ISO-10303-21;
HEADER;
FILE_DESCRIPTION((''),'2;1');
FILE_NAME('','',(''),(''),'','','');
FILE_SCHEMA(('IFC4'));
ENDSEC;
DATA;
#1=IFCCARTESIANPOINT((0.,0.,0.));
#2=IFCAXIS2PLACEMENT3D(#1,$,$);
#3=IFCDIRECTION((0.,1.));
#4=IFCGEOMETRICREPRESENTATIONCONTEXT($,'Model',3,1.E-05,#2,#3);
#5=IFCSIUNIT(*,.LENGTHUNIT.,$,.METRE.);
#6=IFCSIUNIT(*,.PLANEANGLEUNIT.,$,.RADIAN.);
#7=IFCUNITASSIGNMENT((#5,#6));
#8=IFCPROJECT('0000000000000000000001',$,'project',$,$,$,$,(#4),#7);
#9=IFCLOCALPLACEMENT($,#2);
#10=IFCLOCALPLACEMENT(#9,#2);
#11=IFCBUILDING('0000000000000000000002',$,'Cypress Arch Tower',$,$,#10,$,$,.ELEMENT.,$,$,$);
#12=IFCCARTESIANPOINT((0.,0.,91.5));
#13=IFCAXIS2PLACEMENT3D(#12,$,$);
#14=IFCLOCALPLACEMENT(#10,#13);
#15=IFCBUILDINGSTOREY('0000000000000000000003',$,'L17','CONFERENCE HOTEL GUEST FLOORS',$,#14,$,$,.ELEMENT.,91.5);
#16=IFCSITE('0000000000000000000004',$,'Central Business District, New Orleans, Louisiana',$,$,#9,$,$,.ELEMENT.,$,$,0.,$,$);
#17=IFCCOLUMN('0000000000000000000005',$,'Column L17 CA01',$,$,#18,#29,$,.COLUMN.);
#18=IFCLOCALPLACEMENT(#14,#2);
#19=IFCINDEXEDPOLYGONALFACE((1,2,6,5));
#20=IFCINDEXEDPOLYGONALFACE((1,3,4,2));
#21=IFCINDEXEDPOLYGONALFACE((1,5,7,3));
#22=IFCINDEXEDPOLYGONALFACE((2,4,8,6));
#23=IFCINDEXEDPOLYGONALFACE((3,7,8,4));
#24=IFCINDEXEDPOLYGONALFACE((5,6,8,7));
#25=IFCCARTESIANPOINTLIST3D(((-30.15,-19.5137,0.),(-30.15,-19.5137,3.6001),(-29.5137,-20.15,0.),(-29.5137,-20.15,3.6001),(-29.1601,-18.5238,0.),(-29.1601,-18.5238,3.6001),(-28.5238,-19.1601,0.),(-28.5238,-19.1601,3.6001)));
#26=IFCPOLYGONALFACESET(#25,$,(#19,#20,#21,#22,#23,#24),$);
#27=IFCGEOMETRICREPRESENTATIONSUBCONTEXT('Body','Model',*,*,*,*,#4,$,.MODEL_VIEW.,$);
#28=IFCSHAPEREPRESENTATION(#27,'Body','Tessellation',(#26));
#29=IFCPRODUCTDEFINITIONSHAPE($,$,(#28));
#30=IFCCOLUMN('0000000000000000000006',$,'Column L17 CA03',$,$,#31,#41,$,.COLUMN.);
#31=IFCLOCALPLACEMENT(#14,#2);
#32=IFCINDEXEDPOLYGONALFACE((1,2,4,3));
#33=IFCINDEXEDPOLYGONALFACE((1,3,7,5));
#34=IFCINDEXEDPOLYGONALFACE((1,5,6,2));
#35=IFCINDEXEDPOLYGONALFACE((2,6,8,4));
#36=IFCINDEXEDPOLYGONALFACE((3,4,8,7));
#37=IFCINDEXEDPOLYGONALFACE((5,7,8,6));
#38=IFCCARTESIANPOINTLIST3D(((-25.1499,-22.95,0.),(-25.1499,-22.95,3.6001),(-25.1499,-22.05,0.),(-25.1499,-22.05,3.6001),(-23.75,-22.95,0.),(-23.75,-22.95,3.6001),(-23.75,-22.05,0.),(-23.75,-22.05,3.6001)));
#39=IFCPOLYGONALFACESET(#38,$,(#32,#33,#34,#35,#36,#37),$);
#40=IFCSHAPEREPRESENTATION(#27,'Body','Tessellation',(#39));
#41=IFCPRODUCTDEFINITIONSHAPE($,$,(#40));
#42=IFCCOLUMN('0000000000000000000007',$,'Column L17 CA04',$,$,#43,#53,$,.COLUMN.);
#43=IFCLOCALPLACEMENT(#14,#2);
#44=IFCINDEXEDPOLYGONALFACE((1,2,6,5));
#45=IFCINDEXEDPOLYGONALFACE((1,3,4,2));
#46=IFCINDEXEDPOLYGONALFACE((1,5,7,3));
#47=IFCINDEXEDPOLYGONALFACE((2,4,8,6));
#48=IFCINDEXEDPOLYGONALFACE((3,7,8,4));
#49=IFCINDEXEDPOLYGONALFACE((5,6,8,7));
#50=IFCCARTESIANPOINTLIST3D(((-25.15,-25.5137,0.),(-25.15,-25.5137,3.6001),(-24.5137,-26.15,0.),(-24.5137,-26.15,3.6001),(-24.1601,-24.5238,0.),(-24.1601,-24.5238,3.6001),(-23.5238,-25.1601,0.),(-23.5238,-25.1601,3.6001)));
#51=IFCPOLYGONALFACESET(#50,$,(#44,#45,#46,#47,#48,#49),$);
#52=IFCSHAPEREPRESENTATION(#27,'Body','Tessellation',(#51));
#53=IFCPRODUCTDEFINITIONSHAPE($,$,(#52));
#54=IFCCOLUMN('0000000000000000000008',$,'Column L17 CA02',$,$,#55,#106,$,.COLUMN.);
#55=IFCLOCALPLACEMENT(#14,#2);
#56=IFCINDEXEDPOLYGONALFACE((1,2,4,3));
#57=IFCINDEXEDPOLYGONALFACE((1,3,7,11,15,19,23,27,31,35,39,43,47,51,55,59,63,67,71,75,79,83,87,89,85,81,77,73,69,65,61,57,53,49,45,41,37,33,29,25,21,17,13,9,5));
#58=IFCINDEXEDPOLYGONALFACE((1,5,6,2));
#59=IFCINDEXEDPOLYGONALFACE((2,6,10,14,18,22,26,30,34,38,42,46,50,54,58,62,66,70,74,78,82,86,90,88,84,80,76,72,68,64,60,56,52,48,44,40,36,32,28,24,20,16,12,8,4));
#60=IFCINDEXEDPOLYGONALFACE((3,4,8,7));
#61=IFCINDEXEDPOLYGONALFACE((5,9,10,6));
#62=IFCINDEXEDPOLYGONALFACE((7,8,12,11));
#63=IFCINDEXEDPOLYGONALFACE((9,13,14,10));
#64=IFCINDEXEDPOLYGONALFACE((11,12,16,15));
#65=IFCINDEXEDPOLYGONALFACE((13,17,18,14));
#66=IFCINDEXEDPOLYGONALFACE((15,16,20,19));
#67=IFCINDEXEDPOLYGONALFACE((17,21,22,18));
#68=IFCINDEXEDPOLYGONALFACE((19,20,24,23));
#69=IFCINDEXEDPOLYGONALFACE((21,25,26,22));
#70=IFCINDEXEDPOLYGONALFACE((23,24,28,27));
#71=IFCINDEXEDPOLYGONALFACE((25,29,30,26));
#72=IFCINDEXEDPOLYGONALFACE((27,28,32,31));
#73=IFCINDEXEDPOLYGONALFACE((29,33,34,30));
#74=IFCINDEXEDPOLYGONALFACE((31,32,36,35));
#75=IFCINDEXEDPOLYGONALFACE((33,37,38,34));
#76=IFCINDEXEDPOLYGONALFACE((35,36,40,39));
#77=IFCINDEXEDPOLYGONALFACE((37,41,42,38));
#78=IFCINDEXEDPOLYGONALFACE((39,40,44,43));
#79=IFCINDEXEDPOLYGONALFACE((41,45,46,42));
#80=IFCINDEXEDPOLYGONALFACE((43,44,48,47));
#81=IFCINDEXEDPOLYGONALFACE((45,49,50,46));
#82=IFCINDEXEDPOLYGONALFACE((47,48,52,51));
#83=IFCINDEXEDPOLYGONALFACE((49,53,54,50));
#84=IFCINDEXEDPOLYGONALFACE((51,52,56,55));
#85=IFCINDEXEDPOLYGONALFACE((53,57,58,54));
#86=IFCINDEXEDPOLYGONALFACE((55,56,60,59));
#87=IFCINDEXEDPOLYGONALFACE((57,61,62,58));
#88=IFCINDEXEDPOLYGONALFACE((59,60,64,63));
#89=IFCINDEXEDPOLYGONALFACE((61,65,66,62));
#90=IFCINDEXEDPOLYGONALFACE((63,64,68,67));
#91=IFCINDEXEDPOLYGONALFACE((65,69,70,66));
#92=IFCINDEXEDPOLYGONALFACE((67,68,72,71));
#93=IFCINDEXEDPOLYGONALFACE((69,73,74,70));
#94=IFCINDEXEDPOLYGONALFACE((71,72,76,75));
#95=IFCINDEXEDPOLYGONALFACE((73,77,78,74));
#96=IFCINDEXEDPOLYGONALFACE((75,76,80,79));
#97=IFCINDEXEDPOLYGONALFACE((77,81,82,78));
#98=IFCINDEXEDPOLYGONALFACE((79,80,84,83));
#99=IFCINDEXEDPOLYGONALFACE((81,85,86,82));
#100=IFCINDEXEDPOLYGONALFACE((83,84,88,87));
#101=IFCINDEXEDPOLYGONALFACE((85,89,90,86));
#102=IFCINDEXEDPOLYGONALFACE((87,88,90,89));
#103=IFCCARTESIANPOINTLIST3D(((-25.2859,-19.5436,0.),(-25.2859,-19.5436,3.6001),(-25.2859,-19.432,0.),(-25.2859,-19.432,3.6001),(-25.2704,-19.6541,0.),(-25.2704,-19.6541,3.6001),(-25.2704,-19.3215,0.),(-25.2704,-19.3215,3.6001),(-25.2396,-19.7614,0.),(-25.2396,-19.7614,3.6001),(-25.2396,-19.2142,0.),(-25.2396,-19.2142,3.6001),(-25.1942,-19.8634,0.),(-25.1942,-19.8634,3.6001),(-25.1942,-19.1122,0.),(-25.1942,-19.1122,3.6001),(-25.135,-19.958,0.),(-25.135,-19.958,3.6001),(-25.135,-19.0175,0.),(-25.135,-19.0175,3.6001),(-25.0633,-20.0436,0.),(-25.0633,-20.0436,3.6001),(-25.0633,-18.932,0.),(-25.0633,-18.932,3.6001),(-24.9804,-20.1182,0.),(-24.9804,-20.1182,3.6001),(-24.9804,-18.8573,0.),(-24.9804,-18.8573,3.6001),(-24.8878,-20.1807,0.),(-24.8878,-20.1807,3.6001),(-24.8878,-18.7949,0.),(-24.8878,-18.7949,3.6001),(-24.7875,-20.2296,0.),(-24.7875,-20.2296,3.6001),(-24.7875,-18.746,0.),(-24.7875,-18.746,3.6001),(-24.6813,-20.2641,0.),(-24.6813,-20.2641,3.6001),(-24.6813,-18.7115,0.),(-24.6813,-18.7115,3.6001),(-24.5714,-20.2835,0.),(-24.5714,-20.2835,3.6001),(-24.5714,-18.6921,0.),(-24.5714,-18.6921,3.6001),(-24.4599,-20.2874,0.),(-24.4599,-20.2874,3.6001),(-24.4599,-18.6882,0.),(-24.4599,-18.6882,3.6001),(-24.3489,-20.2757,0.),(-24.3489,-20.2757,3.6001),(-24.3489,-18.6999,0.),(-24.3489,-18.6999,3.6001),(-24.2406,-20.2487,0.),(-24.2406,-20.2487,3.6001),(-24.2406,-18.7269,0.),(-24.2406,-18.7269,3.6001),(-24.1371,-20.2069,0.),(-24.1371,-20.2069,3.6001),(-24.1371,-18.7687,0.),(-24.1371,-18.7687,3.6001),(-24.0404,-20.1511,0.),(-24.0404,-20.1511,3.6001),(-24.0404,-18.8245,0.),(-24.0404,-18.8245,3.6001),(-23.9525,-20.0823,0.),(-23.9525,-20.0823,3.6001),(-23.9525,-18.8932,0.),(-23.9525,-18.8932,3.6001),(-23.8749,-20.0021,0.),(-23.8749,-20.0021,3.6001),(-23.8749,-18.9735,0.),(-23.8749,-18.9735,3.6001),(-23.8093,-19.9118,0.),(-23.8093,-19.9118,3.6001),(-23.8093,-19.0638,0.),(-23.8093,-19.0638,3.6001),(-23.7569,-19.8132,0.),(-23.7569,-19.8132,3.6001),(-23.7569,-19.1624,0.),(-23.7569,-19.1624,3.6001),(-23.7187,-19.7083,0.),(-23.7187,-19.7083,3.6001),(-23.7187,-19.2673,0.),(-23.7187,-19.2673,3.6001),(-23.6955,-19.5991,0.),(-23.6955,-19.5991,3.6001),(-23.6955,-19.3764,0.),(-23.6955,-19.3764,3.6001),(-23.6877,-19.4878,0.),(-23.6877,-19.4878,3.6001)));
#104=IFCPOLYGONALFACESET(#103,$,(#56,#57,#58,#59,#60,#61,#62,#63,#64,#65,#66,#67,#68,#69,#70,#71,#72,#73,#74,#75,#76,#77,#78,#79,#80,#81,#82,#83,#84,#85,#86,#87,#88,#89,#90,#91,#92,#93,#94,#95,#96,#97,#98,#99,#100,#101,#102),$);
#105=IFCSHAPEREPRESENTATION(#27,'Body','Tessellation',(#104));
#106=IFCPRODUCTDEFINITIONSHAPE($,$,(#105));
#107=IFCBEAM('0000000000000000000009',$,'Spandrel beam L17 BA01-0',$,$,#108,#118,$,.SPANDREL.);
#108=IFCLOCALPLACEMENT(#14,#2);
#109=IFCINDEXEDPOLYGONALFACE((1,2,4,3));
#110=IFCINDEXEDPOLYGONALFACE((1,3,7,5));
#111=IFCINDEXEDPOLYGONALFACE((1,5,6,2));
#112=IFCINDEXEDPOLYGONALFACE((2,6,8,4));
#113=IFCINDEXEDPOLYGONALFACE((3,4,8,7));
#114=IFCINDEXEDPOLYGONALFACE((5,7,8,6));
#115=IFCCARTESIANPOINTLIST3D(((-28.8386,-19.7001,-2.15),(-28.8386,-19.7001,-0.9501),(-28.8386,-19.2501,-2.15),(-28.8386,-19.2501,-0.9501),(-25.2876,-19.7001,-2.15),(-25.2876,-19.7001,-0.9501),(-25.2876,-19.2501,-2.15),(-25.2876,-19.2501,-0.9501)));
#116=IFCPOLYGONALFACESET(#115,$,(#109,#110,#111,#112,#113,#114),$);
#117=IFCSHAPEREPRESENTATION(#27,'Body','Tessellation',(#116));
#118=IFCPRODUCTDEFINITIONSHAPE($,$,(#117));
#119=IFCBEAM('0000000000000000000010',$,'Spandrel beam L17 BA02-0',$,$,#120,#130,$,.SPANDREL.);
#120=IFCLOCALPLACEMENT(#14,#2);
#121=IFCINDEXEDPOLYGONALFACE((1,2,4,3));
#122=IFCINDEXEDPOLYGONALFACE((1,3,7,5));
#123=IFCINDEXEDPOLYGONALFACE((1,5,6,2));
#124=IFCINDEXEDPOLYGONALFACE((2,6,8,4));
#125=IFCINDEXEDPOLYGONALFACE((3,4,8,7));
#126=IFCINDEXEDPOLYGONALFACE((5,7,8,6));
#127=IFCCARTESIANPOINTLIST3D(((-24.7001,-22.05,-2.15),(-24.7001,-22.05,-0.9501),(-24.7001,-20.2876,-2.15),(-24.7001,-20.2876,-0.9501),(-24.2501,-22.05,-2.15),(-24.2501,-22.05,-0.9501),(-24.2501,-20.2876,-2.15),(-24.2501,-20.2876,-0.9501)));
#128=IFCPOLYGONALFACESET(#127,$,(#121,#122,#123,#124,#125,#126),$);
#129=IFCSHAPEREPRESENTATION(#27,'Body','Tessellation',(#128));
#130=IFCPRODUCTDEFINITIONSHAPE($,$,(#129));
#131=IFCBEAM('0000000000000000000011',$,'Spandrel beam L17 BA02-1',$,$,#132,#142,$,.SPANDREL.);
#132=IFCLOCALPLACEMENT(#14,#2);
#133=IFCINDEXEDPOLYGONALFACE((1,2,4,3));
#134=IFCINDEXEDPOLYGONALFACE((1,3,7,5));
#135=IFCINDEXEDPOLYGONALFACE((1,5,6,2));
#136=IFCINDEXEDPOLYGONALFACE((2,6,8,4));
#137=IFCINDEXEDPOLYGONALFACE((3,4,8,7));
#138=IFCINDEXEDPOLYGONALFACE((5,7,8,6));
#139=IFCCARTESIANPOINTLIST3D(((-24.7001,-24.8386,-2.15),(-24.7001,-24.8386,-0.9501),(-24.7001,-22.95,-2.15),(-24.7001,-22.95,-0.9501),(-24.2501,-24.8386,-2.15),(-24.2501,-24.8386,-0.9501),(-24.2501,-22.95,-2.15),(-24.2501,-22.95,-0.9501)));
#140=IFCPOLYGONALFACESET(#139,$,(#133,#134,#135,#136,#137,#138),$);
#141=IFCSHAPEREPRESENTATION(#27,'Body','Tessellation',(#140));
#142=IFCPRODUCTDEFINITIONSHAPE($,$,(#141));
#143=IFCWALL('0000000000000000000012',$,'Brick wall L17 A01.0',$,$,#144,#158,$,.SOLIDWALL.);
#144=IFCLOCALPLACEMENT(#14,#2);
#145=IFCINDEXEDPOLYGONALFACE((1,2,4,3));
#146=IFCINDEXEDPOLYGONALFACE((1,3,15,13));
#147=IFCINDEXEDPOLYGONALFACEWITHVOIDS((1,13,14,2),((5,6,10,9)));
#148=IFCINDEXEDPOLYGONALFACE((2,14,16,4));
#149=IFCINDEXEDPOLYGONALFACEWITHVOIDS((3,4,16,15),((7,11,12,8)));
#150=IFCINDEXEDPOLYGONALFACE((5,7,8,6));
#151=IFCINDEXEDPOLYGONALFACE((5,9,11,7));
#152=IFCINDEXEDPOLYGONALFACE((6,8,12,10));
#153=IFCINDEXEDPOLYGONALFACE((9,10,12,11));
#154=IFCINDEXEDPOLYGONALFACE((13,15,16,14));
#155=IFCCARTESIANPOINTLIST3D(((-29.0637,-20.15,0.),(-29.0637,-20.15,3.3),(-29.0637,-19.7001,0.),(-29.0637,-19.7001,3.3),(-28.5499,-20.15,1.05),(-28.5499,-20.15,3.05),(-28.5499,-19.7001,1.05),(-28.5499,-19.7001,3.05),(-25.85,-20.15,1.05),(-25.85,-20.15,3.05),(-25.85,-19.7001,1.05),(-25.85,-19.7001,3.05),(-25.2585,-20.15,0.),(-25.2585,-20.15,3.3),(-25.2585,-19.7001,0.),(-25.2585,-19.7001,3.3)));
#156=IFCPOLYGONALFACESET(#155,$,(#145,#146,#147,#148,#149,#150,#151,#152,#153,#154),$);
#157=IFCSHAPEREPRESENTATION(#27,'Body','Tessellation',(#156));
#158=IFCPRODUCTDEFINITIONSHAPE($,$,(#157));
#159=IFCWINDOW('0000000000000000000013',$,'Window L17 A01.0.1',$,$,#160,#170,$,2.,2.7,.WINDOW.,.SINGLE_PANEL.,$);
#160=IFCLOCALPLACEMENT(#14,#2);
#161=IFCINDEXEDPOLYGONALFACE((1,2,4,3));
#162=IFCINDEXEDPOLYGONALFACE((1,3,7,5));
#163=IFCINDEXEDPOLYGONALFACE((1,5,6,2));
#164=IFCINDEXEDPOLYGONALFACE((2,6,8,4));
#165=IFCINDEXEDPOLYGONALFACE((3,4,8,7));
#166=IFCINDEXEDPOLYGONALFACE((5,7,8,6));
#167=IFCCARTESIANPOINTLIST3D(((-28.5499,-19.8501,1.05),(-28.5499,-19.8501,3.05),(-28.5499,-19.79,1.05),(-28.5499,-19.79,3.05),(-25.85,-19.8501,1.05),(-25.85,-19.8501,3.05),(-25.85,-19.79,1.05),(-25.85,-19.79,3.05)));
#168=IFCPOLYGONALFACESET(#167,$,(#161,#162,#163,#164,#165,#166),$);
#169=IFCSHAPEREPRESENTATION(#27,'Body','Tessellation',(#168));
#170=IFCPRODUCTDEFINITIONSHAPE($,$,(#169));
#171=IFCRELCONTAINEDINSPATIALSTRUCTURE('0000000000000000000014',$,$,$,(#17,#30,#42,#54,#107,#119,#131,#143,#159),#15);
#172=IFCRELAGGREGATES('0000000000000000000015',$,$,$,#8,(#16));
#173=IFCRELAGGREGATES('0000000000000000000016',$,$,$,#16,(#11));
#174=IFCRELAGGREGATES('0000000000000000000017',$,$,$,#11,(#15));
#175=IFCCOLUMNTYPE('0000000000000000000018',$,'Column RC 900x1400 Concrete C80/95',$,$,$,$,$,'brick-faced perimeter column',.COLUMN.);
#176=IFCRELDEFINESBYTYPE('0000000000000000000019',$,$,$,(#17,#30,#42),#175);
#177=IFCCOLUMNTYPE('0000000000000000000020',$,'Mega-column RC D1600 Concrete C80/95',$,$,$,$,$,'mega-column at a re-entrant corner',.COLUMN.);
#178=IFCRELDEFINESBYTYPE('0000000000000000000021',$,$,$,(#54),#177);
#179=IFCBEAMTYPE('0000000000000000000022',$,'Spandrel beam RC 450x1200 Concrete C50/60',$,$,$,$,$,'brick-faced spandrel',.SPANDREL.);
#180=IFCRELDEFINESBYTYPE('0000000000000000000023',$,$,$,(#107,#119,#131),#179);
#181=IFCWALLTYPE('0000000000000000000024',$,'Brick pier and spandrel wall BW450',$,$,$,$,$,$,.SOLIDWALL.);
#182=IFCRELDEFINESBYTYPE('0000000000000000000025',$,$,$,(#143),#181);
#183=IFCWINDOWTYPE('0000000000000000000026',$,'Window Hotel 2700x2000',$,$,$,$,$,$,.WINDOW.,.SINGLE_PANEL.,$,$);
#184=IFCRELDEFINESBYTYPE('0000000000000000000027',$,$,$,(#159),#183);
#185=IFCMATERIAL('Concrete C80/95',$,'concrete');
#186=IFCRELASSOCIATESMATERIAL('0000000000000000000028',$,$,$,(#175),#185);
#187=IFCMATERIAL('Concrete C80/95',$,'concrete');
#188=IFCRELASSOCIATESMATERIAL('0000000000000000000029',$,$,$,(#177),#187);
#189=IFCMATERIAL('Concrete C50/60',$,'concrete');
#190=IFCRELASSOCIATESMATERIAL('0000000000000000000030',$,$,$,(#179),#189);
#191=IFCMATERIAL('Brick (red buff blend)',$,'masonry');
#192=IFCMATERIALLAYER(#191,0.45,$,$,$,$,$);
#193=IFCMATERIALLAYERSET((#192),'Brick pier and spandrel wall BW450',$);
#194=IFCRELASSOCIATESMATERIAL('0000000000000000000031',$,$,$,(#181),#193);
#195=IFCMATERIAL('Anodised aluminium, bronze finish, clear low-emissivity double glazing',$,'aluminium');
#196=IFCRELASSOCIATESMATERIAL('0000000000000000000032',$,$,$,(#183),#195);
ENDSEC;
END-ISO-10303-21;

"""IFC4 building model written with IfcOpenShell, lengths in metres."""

from ifc_helpers import new_model, si_unit, direction, frame, frame_2d, origin, origin_2d, place, context, subcontext, project, spatial, rectangle, circle, extrude, material, layer, layer_set, material_profile, profile_set, type_object, element, fill, save


model = new_model("IFC4")

# Units and contexts
model_context = context("Model", 3, precision=1e-05, world=origin(), true_north=direction((0.0, 1.0)))
body_context = subcontext(model_context, "Body", "Model", "MODEL_VIEW")
ifc_project = project(units=[si_unit("LENGTHUNIT", "METRE"), si_unit("PLANEANGLEUNIT", "RADIAN")], contexts=[model_context])

# Site, building, storey
site_placement = place(None, origin())
site = spatial("IfcSite", under=ifc_project, at=site_placement, Name="Central Business District, New Orleans, Louisiana", CompositionType="ELEMENT", RefElevation=0.0)
building_placement = place(site_placement, origin())
building = spatial("IfcBuilding", under=site, at=building_placement, Name="Cypress Arch Tower", CompositionType="ELEMENT")
storey_placement = place(building_placement, frame((0.0, 0.0, 91.5)))
storey = spatial("IfcBuildingStorey", under=building, at=storey_placement, Name="L17", Description="CONFERENCE HOTEL GUEST FLOORS", CompositionType="ELEMENT", Elevation=91.5)

# Columns
ifc_material_1 = material(Name="Concrete C80/95", Category="concrete")
ifc_material_profile_1 = material_profile(ifc_material_1, rectangle(XDim=0.8999, YDim=1.3999, at=origin_2d()), Name="RC 900x1400")
ifc_profile_set_1 = profile_set([ifc_material_profile_1], Name="Concrete C80/95")
column_type_1 = type_object("IfcColumnType", Name="Column RC 900x1400 Concrete C80/95", ElementType="brick-faced perimeter column", PredefinedType="COLUMN", material=ifc_profile_set_1)
for number, where, z_axis, x_axis, name in (
    (1, (-29.3369, -19.3369, 0.0), (0.0, 0.0, 1.0), (0.707107, -0.707107, 0.0), "Column L17 CA01"),
    (2, (-24.45, -22.5, 0.0), (0.0, 0.0, 1.0), (0.0, -1.0, 0.0), "Column L17 CA03"),
    (3, (-24.3369, -25.3369, 0.0), (0.0, 0.0, 1.0), (0.707107, -0.707107, 0.0), "Column L17 CA04"),
):
    element("IfcColumn", number, at=place(storey_placement, frame(where, z_axis=z_axis, x_axis=x_axis)), inside=storey, type_object=column_type_1, Name=name, PredefinedType="COLUMN", context=body_context, shape_type="SweptSolid", body=[
        extrude(rectangle(XDim=0.8999, YDim=1.3999, at=origin_2d()), origin(), (0.0, 0.0, 1.0), 3.6001),
    ])
ifc_material_2 = material(Name="Concrete C80/95", Category="concrete")
ifc_material_profile_2 = material_profile(ifc_material_2, circle(Radius=0.8, at=origin_2d()), Name="RC D1600")
ifc_profile_set_2 = profile_set([ifc_material_profile_2], Name="Concrete C80/95")
column_type_2 = type_object("IfcColumnType", Name="Mega-column RC D1600 Concrete C80/95", ElementType="mega-column at a re-entrant corner", PredefinedType="COLUMN", material=ifc_profile_set_2)
column_placement = place(storey_placement, frame((-24.4878, -19.4878, 0.0), z_axis=(0.0, 0.0, 1.0), x_axis=(1.0, 0.0, 0.0)))
element("IfcColumn", 4, at=column_placement, inside=storey, type_object=column_type_2, Name="Column L17 CA02", PredefinedType="COLUMN", context=body_context, shape_type="SweptSolid", body=[
    extrude(circle(Radius=0.8, at=origin_2d()), origin(), (0.0, 0.0, 1.0), 3.6001),
])

# Beams
ifc_material_3 = material(Name="Concrete C50/60", Category="concrete")
ifc_material_profile_3 = material_profile(ifc_material_3, rectangle(XDim=0.45, YDim=1.2, at=origin_2d()), Name="RC 450x1200")
ifc_profile_set_3 = profile_set([ifc_material_profile_3], Name="Concrete C50/60")
beam_type = type_object("IfcBeamType", Name="Spandrel beam RC 450x1200 Concrete C50/60", ElementType="brick-faced spandrel", PredefinedType="SPANDREL", material=ifc_profile_set_3)
beam_1_placement = place(storey_placement, frame((-28.8386, -19.4751, -1.55), z_axis=(1.0, 0.0, 0.0), x_axis=(0.0, 1.0, 0.0)))
element("IfcBeam", 5, at=beam_1_placement, inside=storey, type_object=beam_type, Name="Spandrel beam L17 BA01-0", PredefinedType="SPANDREL", context=body_context, shape_type="SweptSolid", body=[
    extrude(rectangle(XDim=0.45, YDim=1.2, at=origin_2d()), origin(), (0.0, 0.0, 1.0), 3.551),
])
beam_2_placement = place(storey_placement, frame((-24.4751, -20.2876, -1.55), z_axis=(0.0, -1.0, 0.0), x_axis=(1.0, 0.0, 0.0)))
element("IfcBeam", 6, at=beam_2_placement, inside=storey, type_object=beam_type, Name="Spandrel beam L17 BA02-0", PredefinedType="SPANDREL", context=body_context, shape_type="SweptSolid", body=[
    extrude(rectangle(XDim=0.45, YDim=1.2, at=origin_2d()), origin(), (0.0, 0.0, 1.0), 1.7625),
])
beam_3_placement = place(storey_placement, frame((-24.4751, -22.95, -1.55), z_axis=(0.0, -1.0, 0.0), x_axis=(1.0, 0.0, 0.0)))
element("IfcBeam", 7, at=beam_3_placement, inside=storey, type_object=beam_type, Name="Spandrel beam L17 BA02-1", PredefinedType="SPANDREL", context=body_context, shape_type="SweptSolid", body=[
    extrude(rectangle(XDim=0.45, YDim=1.2, at=origin_2d()), origin(), (0.0, 0.0, 1.0), 1.8887),
])

# Wall, opening, window
ifc_material_4 = material(Name="Brick (red buff blend)", Category="masonry")
ifc_layer_1 = layer(ifc_material_4, 0.45)
ifc_layer_set_1 = layer_set([ifc_layer_1], Name="Brick pier and spandrel wall BW450")
wall_type_1 = type_object("IfcWallType", Name="Brick pier and spandrel wall BW450", PredefinedType="SOLIDWALL", material=ifc_layer_set_1)
wall_1_placement = place(storey_placement, frame((-29.0637, -19.925, 0.0), z_axis=(0.0, 0.0, 1.0), x_axis=(1.0, 0.0, 0.0)))
wall_1 = element("IfcWall", 8, at=wall_1_placement, inside=storey, type_object=wall_type_1, Name="Brick wall L17 A01.0", PredefinedType="SOLIDWALL", context=body_context, shape_type="SweptSolid", body=[
    extrude(rectangle(XDim=3.8052, YDim=0.45, at=frame_2d((1.9026, 0.0))), origin(), (0.0, 0.0, 1.0), 3.3),
])
opening_1_placement = place(wall_1_placement, frame((0.5137, 0.0, 1.05)))
opening_1 = element("IfcOpeningElement", 9, at=opening_1_placement, cuts=wall_1, PredefinedType="OPENING", context=body_context, shape_type="SweptSolid", body=[
    extrude(rectangle(XDim=2.7, YDim=2.0, at=frame_2d((1.3501, 1.0))), frame((0.0, 0.2349, 0.0), z_axis=(0.0, -1.0, 0.0), x_axis=(1.0, 0.0, 0.0)), (0.0, 0.0, 1.0), 0.47),
])
ifc_material_5 = material(Name="Anodised aluminium, bronze finish, clear low-emissivity double glazing", Category="aluminium")
window_type_1 = type_object("IfcWindowType", Name="Window Hotel 2700x2000", PartitioningType="SINGLE_PANEL", PredefinedType="WINDOW", material=ifc_material_5)
window_1_placement = place(opening_1_placement, origin())
window_1 = element("IfcWindow", 10, at=window_1_placement, inside=storey, type_object=window_type_1, Name="Window L17 A01.0.1", OverallHeight=2.0, OverallWidth=2.7, PartitioningType="SINGLE_PANEL", PredefinedType="WINDOW", context=body_context, shape_type="SweptSolid", body=[
    extrude(rectangle(XDim=2.7, YDim=2.0, at=frame_2d((1.3501, 1.0))), frame((0.0, 0.135, 0.0), z_axis=(0.0, -1.0, 0.0), x_axis=(1.0, 0.0, 0.0)), (0.0, 0.0, 1.0), 0.0601),
])
fill(opening_1, window_1)

save(model, "model.ifc")
